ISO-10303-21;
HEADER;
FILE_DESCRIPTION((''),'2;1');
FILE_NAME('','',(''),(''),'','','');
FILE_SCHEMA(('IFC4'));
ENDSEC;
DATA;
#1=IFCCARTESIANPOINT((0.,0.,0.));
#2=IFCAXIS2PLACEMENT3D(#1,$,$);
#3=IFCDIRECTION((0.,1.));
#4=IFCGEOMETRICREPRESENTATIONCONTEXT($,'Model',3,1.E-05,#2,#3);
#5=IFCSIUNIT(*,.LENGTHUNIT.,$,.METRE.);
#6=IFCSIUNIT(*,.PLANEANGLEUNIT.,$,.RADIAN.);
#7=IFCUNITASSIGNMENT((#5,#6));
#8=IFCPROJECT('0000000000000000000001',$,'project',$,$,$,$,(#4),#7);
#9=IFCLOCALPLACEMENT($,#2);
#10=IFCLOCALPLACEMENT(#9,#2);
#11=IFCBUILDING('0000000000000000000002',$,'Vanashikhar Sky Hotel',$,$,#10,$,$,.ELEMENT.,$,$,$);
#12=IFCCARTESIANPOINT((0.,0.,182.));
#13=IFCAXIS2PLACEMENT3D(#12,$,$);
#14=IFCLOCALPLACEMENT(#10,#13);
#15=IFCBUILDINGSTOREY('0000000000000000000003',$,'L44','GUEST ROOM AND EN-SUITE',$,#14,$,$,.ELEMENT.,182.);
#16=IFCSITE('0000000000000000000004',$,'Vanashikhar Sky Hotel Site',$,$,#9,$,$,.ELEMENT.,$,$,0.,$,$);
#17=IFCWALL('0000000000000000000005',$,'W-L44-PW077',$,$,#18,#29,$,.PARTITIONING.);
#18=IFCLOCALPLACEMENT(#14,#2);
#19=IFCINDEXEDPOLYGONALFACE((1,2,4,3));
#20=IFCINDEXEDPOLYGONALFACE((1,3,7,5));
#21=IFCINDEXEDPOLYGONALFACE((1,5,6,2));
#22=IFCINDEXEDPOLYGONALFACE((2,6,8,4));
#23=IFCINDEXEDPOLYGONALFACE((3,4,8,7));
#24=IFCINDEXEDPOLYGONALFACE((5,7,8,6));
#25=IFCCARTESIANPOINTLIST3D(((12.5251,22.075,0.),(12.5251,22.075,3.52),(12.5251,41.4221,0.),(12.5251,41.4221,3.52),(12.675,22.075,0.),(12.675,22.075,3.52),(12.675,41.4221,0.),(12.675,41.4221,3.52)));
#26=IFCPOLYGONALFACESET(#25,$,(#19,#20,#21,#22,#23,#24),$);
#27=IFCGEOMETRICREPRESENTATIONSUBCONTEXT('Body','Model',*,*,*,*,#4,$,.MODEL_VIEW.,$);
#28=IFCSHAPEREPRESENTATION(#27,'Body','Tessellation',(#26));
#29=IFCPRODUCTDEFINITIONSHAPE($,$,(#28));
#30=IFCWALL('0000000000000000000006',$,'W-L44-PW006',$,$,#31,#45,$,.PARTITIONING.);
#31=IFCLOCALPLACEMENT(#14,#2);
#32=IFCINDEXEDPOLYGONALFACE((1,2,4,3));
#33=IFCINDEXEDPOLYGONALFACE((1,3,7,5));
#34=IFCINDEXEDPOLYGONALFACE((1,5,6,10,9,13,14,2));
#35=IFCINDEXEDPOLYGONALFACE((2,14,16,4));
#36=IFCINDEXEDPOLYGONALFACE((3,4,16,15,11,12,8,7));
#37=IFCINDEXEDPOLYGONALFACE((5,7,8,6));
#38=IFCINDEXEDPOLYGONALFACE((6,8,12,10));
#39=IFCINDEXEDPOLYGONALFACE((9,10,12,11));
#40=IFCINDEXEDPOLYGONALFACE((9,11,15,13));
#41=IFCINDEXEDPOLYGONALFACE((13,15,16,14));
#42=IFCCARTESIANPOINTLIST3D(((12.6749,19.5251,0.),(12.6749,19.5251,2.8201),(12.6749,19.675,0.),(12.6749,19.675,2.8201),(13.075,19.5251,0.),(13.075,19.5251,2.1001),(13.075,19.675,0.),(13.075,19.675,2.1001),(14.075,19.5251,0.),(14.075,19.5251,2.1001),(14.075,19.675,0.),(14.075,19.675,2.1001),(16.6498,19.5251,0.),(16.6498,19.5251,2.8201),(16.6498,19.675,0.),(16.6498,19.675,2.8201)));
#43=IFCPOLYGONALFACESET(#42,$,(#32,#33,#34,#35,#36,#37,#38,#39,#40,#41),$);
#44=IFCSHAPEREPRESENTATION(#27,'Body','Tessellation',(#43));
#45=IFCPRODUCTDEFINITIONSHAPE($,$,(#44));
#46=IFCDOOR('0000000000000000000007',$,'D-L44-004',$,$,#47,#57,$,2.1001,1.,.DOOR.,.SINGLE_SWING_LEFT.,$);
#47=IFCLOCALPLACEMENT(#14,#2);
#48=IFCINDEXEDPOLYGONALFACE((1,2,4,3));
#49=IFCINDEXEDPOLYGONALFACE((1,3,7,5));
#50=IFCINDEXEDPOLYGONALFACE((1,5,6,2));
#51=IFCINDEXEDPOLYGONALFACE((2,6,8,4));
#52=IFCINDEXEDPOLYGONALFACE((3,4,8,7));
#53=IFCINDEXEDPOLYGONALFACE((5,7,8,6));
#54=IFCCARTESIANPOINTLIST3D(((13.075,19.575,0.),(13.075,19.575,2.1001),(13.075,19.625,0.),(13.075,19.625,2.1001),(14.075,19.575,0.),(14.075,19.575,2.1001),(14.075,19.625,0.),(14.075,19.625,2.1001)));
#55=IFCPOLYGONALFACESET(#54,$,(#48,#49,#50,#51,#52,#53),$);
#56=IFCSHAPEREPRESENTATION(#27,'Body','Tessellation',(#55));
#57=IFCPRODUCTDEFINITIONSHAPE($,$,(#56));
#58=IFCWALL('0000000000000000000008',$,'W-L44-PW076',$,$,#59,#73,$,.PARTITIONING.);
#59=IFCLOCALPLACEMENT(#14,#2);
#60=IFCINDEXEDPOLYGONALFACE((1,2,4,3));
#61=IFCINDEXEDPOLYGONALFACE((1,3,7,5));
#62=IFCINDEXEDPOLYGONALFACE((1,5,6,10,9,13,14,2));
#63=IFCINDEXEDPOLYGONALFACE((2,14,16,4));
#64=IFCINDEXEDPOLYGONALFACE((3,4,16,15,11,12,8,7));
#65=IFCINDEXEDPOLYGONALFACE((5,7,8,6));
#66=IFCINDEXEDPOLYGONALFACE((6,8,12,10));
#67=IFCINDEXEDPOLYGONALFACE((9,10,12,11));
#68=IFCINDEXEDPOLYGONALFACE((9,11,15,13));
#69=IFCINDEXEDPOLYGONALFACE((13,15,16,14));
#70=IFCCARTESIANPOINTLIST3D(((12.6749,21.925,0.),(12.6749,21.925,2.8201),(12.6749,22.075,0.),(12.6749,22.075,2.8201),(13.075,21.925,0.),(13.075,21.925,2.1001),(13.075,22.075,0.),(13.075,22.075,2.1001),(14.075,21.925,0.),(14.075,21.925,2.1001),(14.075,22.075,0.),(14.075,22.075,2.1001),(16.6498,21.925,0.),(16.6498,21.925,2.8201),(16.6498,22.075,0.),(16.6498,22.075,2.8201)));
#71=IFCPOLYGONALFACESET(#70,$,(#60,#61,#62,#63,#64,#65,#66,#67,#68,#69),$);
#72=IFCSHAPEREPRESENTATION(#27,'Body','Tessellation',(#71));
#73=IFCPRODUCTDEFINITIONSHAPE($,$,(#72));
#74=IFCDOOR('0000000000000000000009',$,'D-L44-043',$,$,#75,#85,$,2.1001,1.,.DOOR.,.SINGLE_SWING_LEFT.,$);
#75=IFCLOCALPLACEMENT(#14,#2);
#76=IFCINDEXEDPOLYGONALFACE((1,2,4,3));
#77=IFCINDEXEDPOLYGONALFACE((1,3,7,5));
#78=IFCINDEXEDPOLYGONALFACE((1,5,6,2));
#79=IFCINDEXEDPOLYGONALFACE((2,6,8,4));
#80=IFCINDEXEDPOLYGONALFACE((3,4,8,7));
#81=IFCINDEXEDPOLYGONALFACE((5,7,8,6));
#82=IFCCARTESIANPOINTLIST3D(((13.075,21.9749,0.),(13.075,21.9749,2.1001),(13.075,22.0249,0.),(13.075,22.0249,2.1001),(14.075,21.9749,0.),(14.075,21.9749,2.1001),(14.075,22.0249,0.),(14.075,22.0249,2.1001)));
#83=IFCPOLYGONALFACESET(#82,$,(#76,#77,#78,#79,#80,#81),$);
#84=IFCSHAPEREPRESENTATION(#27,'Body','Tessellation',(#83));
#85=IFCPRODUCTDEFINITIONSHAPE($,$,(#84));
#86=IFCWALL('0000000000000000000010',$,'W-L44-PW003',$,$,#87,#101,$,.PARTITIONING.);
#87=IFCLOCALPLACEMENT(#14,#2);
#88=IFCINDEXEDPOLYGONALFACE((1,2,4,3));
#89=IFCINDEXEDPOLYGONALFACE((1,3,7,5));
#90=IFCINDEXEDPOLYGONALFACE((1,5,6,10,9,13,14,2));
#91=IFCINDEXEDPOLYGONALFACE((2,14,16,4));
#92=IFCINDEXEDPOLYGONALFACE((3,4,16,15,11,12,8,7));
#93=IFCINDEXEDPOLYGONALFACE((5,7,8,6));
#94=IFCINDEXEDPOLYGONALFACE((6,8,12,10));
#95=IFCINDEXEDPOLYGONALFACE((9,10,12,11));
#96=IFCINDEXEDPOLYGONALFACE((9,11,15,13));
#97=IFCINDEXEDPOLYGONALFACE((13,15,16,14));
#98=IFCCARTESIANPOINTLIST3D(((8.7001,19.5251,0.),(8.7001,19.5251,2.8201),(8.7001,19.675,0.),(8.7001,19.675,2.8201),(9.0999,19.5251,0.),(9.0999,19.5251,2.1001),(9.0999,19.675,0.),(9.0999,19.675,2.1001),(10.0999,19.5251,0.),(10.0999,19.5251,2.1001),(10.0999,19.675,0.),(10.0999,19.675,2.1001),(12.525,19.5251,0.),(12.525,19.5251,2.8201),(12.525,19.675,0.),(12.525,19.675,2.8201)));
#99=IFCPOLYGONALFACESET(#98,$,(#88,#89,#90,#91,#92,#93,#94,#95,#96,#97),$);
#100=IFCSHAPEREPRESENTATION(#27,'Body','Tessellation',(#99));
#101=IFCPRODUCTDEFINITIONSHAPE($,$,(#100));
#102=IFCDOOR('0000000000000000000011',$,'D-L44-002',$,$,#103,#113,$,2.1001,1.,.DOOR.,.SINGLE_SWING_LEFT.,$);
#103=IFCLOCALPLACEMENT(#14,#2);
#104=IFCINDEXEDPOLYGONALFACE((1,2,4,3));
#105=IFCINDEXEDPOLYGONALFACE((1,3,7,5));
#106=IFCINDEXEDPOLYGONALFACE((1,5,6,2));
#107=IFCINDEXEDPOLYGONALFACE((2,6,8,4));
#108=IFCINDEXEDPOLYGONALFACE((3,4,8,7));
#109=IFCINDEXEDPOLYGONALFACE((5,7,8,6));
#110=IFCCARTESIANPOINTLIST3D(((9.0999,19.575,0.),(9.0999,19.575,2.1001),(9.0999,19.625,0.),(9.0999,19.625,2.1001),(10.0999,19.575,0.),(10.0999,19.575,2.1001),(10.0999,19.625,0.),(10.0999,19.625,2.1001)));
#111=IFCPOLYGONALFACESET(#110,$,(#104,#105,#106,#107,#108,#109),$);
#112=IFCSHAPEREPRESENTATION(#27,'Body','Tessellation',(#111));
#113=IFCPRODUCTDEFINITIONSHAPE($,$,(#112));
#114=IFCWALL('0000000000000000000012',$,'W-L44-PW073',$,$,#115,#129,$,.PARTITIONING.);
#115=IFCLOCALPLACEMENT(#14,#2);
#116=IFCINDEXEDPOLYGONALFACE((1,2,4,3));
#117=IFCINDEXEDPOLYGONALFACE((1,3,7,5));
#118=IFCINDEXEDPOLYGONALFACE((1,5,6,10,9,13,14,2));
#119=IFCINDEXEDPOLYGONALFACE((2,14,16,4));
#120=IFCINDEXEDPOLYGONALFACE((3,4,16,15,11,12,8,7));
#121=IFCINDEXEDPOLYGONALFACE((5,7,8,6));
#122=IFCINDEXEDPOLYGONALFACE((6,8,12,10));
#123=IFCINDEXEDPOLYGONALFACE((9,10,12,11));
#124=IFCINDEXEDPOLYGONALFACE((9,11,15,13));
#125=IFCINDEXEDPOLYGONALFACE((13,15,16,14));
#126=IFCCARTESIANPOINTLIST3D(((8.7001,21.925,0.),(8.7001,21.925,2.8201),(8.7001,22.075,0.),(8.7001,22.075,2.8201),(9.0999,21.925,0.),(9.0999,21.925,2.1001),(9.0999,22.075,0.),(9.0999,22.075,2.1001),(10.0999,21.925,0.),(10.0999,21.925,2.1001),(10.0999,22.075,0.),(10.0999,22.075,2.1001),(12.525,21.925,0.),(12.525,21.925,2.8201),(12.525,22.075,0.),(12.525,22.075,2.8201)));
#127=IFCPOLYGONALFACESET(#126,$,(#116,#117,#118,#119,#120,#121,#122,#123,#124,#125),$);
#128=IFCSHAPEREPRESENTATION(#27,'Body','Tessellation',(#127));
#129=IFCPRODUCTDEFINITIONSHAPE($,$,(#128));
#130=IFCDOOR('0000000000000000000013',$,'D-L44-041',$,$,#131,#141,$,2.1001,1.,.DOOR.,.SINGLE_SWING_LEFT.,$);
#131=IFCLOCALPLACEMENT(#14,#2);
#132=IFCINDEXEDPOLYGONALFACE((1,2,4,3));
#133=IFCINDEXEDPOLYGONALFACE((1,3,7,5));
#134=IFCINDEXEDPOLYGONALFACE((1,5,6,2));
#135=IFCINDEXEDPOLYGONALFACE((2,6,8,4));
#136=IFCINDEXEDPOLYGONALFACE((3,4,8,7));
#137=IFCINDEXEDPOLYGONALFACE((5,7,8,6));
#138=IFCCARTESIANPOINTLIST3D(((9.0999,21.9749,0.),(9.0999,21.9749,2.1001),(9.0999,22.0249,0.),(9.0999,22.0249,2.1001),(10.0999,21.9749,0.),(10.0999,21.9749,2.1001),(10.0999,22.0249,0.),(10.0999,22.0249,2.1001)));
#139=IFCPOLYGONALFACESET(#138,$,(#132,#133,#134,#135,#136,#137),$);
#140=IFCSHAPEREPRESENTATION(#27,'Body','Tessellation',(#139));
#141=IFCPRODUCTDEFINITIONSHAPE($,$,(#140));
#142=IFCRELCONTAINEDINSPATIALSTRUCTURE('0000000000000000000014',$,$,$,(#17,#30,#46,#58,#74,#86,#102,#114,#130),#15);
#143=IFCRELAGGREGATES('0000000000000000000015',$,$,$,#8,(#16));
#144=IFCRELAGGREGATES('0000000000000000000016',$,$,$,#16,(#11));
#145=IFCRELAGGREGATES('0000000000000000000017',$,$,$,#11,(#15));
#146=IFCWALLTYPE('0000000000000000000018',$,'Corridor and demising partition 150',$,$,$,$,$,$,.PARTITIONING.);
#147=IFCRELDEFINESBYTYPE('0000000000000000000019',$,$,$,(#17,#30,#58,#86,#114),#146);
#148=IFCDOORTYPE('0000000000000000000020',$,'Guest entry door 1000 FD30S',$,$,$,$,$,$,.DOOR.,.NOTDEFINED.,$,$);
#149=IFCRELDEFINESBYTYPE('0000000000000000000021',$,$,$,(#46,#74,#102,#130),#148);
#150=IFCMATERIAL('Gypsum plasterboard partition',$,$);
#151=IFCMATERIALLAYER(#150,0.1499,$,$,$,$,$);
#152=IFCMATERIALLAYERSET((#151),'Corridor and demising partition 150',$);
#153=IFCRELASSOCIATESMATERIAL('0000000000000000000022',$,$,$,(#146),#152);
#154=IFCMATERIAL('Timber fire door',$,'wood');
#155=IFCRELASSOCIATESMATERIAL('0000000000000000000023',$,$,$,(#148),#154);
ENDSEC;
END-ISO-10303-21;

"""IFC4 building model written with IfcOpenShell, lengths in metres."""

from ifc_helpers import new_model, si_unit, direction, frame, frame_2d, origin, place, context, subcontext, project, spatial, rectangle, extrude, source, transform, mapped, material, layer, layer_set, type_object, element, fill, save


model = new_model("IFC4")

# Units and contexts
model_context = context("Model", 3, precision=1e-05, world=origin(), true_north=direction((0.0, 1.0)))
body_context = subcontext(model_context, "Body", "Model", "MODEL_VIEW")
ifc_project = project(units=[si_unit("LENGTHUNIT", "METRE"), si_unit("PLANEANGLEUNIT", "RADIAN")], contexts=[model_context])

# Site, building, storey
site_placement = place(None, origin())
site = spatial("IfcSite", under=ifc_project, at=site_placement, Name="Vanashikhar Sky Hotel Site", CompositionType="ELEMENT", RefElevation=0.0)
building_placement = place(site_placement, origin())
building = spatial("IfcBuilding", under=site, at=building_placement, Name="Vanashikhar Sky Hotel", CompositionType="ELEMENT")
storey_placement = place(building_placement, frame((0.0, 0.0, 182.0)))
storey = spatial("IfcBuildingStorey", under=building, at=storey_placement, Name="L44", Description="GUEST ROOM AND EN-SUITE", CompositionType="ELEMENT", Elevation=182.0)

# Wall
ifc_material_1 = material(Name="Gypsum plasterboard partition")
ifc_layer_1 = layer(ifc_material_1, 0.1499)
ifc_layer_set_1 = layer_set([ifc_layer_1], Name="Corridor and demising partition 150")
wall_type_1 = type_object("IfcWallType", Name="Corridor and demising partition 150", PredefinedType="PARTITIONING", material=ifc_layer_set_1)
shared_shape_1 = source(origin(), body_context, "Body", "SweptSolid", [
    extrude(rectangle(XDim=19.3472, YDim=0.1499, at=frame_2d((9.6736, 0.0))), origin(), (0.0, 0.0, 1.0), 3.52),
])
wall_1_placement = place(storey_placement, frame((12.6001, 22.075, 0.0), z_axis=(0.0, 0.0, 1.0), x_axis=(0.0, 1.0, 0.0)))
element("IfcWall", 1, at=wall_1_placement, inside=storey, type_object=wall_type_1, Name="W-L44-PW077", PredefinedType="PARTITIONING", context=body_context, shape_type="MappedRepresentation", body=[
    mapped(shared_shape_1, transform((0.0, 0.0, 0.0), scale=1.0)),
])

# Walls, openings, doors
shared_shape_2 = source(origin(), body_context, "Body", "SweptSolid", [
    extrude(rectangle(XDim=3.9749, YDim=0.1499, at=frame_2d((1.9873, 0.0))), origin(), (0.0, 0.0, 1.0), 2.8201),
])
wall_2_placement = place(storey_placement, frame((12.675, 19.6001, 0.0), z_axis=(0.0, 0.0, 1.0), x_axis=(1.0, 0.0, 0.0)))
wall_2 = element("IfcWall", 2, at=wall_2_placement, inside=storey, type_object=wall_type_1, Name="W-L44-PW006", PredefinedType="PARTITIONING", context=body_context, shape_type="MappedRepresentation", body=[
    mapped(shared_shape_2, transform((0.0, 0.0, 0.0), scale=1.0)),
])
shared_shape_3 = source(origin(), body_context, "Body", "SweptSolid", [
    extrude(rectangle(XDim=1.0, YDim=2.1001, at=frame_2d((0.5, 1.05))), frame((0.0, 0.085, 0.0), z_axis=(0.0, -1.0, 0.0), x_axis=(1.0, 0.0, 0.0)), (0.0, 0.0, 1.0), 0.1699),
])
opening_1_placement = place(wall_2_placement, frame((0.3999, 0.0, 0.0)))
opening_1 = element("IfcOpeningElement", 3, at=opening_1_placement, cuts=wall_2, PredefinedType="OPENING", context=body_context, shape_type="MappedRepresentation", body=[
    mapped(shared_shape_3, transform((0.0, 0.0, 0.0), scale=1.0)),
])
ifc_material_2 = material(Name="Timber fire door", Category="wood")
door_type = type_object("IfcDoorType", Name="Guest entry door 1000 FD30S", OperationType="NOTDEFINED", PredefinedType="DOOR", material=ifc_material_2)
shared_shape_4 = source(origin(), body_context, "Body", "SweptSolid", [
    extrude(rectangle(XDim=1.0, YDim=2.1001, at=frame_2d((0.5, 1.05))), frame((0.0, 0.0249, 0.0), z_axis=(0.0, -1.0, 0.0), x_axis=(1.0, 0.0, 0.0)), (0.0, 0.0, 1.0), 0.05),
])
door_1_placement = place(opening_1_placement, origin())
door_1 = element("IfcDoor", 4, at=door_1_placement, inside=storey, type_object=door_type, Name="D-L44-004", OperationType="SINGLE_SWING_LEFT", OverallHeight=2.1001, OverallWidth=1.0, PredefinedType="DOOR", context=body_context, shape_type="MappedRepresentation", body=[
    mapped(shared_shape_4, transform((0.0, 0.0, 0.0), scale=1.0)),
])
fill(opening_1, door_1)
wall_3_placement = place(storey_placement, frame((12.675, 22.0, 0.0), z_axis=(0.0, 0.0, 1.0), x_axis=(1.0, 0.0, 0.0)))
wall_3 = element("IfcWall", 5, at=wall_3_placement, inside=storey, type_object=wall_type_1, Name="W-L44-PW076", PredefinedType="PARTITIONING", context=body_context, shape_type="MappedRepresentation", body=[
    mapped(shared_shape_2, transform((0.0, 0.0, 0.0), scale=1.0)),
])
opening_2_placement = place(wall_3_placement, frame((0.3999, 0.0, 0.0)))
opening_2 = element("IfcOpeningElement", 6, at=opening_2_placement, cuts=wall_3, PredefinedType="OPENING", context=body_context, shape_type="MappedRepresentation", body=[
    mapped(shared_shape_3, transform((0.0, 0.0, 0.0), scale=1.0)),
])
door_2_placement = place(opening_2_placement, origin())
door_2 = element("IfcDoor", 7, at=door_2_placement, inside=storey, type_object=door_type, Name="D-L44-043", OperationType="SINGLE_SWING_LEFT", OverallHeight=2.1001, OverallWidth=1.0, PredefinedType="DOOR", context=body_context, shape_type="MappedRepresentation", body=[
    mapped(shared_shape_4, transform((0.0, 0.0, 0.0), scale=1.0)),
])
fill(opening_2, door_2)
shared_shape_5 = source(origin(), body_context, "Body", "SweptSolid", [
    extrude(rectangle(XDim=3.825, YDim=0.1499, at=frame_2d((1.9126, 0.0))), origin(), (0.0, 0.0, 1.0), 2.8201),
])
wall_4_placement = place(storey_placement, frame((8.7, 19.6001, 0.0), z_axis=(0.0, 0.0, 1.0), x_axis=(1.0, 0.0, 0.0)))
wall_4 = element("IfcWall", 8, at=wall_4_placement, inside=storey, type_object=wall_type_1, Name="W-L44-PW003", PredefinedType="PARTITIONING", context=body_context, shape_type="MappedRepresentation", body=[
    mapped(shared_shape_5, transform((0.0, 0.0, 0.0), scale=1.0)),
])
opening_3_placement = place(wall_4_placement, frame((0.3999, 0.0, 0.0)))
opening_3 = element("IfcOpeningElement", 9, at=opening_3_placement, cuts=wall_4, PredefinedType="OPENING", context=body_context, shape_type="MappedRepresentation", body=[
    mapped(shared_shape_3, transform((0.0, 0.0, 0.0), scale=1.0)),
])
door_3_placement = place(opening_3_placement, origin())
door_3 = element("IfcDoor", 10, at=door_3_placement, inside=storey, type_object=door_type, Name="D-L44-002", OperationType="SINGLE_SWING_LEFT", OverallHeight=2.1001, OverallWidth=1.0, PredefinedType="DOOR", context=body_context, shape_type="MappedRepresentation", body=[
    mapped(shared_shape_4, transform((0.0, 0.0, 0.0), scale=1.0)),
])
fill(opening_3, door_3)
wall_5_placement = place(storey_placement, frame((8.7, 22.0, 0.0), z_axis=(0.0, 0.0, 1.0), x_axis=(1.0, 0.0, 0.0)))
wall_5 = element("IfcWall", 11, at=wall_5_placement, inside=storey, type_object=wall_type_1, Name="W-L44-PW073", PredefinedType="PARTITIONING", context=body_context, shape_type="MappedRepresentation", body=[
    mapped(shared_shape_5, transform((0.0, 0.0, 0.0), scale=1.0)),
])
opening_4_placement = place(wall_5_placement, frame((0.3999, 0.0, 0.0)))
opening_4 = element("IfcOpeningElement", 12, at=opening_4_placement, cuts=wall_5, PredefinedType="OPENING", context=body_context, shape_type="MappedRepresentation", body=[
    mapped(shared_shape_3, transform((0.0, 0.0, 0.0), scale=1.0)),
])
door_4_placement = place(opening_4_placement, origin())
door_4 = element("IfcDoor", 13, at=door_4_placement, inside=storey, type_object=door_type, Name="D-L44-041", OperationType="SINGLE_SWING_LEFT", OverallHeight=2.1001, OverallWidth=1.0, PredefinedType="DOOR", context=body_context, shape_type="MappedRepresentation", body=[
    mapped(shared_shape_4, transform((0.0, 0.0, 0.0), scale=1.0)),
])
fill(opening_4, door_4)

save(model, "model.ifc")
